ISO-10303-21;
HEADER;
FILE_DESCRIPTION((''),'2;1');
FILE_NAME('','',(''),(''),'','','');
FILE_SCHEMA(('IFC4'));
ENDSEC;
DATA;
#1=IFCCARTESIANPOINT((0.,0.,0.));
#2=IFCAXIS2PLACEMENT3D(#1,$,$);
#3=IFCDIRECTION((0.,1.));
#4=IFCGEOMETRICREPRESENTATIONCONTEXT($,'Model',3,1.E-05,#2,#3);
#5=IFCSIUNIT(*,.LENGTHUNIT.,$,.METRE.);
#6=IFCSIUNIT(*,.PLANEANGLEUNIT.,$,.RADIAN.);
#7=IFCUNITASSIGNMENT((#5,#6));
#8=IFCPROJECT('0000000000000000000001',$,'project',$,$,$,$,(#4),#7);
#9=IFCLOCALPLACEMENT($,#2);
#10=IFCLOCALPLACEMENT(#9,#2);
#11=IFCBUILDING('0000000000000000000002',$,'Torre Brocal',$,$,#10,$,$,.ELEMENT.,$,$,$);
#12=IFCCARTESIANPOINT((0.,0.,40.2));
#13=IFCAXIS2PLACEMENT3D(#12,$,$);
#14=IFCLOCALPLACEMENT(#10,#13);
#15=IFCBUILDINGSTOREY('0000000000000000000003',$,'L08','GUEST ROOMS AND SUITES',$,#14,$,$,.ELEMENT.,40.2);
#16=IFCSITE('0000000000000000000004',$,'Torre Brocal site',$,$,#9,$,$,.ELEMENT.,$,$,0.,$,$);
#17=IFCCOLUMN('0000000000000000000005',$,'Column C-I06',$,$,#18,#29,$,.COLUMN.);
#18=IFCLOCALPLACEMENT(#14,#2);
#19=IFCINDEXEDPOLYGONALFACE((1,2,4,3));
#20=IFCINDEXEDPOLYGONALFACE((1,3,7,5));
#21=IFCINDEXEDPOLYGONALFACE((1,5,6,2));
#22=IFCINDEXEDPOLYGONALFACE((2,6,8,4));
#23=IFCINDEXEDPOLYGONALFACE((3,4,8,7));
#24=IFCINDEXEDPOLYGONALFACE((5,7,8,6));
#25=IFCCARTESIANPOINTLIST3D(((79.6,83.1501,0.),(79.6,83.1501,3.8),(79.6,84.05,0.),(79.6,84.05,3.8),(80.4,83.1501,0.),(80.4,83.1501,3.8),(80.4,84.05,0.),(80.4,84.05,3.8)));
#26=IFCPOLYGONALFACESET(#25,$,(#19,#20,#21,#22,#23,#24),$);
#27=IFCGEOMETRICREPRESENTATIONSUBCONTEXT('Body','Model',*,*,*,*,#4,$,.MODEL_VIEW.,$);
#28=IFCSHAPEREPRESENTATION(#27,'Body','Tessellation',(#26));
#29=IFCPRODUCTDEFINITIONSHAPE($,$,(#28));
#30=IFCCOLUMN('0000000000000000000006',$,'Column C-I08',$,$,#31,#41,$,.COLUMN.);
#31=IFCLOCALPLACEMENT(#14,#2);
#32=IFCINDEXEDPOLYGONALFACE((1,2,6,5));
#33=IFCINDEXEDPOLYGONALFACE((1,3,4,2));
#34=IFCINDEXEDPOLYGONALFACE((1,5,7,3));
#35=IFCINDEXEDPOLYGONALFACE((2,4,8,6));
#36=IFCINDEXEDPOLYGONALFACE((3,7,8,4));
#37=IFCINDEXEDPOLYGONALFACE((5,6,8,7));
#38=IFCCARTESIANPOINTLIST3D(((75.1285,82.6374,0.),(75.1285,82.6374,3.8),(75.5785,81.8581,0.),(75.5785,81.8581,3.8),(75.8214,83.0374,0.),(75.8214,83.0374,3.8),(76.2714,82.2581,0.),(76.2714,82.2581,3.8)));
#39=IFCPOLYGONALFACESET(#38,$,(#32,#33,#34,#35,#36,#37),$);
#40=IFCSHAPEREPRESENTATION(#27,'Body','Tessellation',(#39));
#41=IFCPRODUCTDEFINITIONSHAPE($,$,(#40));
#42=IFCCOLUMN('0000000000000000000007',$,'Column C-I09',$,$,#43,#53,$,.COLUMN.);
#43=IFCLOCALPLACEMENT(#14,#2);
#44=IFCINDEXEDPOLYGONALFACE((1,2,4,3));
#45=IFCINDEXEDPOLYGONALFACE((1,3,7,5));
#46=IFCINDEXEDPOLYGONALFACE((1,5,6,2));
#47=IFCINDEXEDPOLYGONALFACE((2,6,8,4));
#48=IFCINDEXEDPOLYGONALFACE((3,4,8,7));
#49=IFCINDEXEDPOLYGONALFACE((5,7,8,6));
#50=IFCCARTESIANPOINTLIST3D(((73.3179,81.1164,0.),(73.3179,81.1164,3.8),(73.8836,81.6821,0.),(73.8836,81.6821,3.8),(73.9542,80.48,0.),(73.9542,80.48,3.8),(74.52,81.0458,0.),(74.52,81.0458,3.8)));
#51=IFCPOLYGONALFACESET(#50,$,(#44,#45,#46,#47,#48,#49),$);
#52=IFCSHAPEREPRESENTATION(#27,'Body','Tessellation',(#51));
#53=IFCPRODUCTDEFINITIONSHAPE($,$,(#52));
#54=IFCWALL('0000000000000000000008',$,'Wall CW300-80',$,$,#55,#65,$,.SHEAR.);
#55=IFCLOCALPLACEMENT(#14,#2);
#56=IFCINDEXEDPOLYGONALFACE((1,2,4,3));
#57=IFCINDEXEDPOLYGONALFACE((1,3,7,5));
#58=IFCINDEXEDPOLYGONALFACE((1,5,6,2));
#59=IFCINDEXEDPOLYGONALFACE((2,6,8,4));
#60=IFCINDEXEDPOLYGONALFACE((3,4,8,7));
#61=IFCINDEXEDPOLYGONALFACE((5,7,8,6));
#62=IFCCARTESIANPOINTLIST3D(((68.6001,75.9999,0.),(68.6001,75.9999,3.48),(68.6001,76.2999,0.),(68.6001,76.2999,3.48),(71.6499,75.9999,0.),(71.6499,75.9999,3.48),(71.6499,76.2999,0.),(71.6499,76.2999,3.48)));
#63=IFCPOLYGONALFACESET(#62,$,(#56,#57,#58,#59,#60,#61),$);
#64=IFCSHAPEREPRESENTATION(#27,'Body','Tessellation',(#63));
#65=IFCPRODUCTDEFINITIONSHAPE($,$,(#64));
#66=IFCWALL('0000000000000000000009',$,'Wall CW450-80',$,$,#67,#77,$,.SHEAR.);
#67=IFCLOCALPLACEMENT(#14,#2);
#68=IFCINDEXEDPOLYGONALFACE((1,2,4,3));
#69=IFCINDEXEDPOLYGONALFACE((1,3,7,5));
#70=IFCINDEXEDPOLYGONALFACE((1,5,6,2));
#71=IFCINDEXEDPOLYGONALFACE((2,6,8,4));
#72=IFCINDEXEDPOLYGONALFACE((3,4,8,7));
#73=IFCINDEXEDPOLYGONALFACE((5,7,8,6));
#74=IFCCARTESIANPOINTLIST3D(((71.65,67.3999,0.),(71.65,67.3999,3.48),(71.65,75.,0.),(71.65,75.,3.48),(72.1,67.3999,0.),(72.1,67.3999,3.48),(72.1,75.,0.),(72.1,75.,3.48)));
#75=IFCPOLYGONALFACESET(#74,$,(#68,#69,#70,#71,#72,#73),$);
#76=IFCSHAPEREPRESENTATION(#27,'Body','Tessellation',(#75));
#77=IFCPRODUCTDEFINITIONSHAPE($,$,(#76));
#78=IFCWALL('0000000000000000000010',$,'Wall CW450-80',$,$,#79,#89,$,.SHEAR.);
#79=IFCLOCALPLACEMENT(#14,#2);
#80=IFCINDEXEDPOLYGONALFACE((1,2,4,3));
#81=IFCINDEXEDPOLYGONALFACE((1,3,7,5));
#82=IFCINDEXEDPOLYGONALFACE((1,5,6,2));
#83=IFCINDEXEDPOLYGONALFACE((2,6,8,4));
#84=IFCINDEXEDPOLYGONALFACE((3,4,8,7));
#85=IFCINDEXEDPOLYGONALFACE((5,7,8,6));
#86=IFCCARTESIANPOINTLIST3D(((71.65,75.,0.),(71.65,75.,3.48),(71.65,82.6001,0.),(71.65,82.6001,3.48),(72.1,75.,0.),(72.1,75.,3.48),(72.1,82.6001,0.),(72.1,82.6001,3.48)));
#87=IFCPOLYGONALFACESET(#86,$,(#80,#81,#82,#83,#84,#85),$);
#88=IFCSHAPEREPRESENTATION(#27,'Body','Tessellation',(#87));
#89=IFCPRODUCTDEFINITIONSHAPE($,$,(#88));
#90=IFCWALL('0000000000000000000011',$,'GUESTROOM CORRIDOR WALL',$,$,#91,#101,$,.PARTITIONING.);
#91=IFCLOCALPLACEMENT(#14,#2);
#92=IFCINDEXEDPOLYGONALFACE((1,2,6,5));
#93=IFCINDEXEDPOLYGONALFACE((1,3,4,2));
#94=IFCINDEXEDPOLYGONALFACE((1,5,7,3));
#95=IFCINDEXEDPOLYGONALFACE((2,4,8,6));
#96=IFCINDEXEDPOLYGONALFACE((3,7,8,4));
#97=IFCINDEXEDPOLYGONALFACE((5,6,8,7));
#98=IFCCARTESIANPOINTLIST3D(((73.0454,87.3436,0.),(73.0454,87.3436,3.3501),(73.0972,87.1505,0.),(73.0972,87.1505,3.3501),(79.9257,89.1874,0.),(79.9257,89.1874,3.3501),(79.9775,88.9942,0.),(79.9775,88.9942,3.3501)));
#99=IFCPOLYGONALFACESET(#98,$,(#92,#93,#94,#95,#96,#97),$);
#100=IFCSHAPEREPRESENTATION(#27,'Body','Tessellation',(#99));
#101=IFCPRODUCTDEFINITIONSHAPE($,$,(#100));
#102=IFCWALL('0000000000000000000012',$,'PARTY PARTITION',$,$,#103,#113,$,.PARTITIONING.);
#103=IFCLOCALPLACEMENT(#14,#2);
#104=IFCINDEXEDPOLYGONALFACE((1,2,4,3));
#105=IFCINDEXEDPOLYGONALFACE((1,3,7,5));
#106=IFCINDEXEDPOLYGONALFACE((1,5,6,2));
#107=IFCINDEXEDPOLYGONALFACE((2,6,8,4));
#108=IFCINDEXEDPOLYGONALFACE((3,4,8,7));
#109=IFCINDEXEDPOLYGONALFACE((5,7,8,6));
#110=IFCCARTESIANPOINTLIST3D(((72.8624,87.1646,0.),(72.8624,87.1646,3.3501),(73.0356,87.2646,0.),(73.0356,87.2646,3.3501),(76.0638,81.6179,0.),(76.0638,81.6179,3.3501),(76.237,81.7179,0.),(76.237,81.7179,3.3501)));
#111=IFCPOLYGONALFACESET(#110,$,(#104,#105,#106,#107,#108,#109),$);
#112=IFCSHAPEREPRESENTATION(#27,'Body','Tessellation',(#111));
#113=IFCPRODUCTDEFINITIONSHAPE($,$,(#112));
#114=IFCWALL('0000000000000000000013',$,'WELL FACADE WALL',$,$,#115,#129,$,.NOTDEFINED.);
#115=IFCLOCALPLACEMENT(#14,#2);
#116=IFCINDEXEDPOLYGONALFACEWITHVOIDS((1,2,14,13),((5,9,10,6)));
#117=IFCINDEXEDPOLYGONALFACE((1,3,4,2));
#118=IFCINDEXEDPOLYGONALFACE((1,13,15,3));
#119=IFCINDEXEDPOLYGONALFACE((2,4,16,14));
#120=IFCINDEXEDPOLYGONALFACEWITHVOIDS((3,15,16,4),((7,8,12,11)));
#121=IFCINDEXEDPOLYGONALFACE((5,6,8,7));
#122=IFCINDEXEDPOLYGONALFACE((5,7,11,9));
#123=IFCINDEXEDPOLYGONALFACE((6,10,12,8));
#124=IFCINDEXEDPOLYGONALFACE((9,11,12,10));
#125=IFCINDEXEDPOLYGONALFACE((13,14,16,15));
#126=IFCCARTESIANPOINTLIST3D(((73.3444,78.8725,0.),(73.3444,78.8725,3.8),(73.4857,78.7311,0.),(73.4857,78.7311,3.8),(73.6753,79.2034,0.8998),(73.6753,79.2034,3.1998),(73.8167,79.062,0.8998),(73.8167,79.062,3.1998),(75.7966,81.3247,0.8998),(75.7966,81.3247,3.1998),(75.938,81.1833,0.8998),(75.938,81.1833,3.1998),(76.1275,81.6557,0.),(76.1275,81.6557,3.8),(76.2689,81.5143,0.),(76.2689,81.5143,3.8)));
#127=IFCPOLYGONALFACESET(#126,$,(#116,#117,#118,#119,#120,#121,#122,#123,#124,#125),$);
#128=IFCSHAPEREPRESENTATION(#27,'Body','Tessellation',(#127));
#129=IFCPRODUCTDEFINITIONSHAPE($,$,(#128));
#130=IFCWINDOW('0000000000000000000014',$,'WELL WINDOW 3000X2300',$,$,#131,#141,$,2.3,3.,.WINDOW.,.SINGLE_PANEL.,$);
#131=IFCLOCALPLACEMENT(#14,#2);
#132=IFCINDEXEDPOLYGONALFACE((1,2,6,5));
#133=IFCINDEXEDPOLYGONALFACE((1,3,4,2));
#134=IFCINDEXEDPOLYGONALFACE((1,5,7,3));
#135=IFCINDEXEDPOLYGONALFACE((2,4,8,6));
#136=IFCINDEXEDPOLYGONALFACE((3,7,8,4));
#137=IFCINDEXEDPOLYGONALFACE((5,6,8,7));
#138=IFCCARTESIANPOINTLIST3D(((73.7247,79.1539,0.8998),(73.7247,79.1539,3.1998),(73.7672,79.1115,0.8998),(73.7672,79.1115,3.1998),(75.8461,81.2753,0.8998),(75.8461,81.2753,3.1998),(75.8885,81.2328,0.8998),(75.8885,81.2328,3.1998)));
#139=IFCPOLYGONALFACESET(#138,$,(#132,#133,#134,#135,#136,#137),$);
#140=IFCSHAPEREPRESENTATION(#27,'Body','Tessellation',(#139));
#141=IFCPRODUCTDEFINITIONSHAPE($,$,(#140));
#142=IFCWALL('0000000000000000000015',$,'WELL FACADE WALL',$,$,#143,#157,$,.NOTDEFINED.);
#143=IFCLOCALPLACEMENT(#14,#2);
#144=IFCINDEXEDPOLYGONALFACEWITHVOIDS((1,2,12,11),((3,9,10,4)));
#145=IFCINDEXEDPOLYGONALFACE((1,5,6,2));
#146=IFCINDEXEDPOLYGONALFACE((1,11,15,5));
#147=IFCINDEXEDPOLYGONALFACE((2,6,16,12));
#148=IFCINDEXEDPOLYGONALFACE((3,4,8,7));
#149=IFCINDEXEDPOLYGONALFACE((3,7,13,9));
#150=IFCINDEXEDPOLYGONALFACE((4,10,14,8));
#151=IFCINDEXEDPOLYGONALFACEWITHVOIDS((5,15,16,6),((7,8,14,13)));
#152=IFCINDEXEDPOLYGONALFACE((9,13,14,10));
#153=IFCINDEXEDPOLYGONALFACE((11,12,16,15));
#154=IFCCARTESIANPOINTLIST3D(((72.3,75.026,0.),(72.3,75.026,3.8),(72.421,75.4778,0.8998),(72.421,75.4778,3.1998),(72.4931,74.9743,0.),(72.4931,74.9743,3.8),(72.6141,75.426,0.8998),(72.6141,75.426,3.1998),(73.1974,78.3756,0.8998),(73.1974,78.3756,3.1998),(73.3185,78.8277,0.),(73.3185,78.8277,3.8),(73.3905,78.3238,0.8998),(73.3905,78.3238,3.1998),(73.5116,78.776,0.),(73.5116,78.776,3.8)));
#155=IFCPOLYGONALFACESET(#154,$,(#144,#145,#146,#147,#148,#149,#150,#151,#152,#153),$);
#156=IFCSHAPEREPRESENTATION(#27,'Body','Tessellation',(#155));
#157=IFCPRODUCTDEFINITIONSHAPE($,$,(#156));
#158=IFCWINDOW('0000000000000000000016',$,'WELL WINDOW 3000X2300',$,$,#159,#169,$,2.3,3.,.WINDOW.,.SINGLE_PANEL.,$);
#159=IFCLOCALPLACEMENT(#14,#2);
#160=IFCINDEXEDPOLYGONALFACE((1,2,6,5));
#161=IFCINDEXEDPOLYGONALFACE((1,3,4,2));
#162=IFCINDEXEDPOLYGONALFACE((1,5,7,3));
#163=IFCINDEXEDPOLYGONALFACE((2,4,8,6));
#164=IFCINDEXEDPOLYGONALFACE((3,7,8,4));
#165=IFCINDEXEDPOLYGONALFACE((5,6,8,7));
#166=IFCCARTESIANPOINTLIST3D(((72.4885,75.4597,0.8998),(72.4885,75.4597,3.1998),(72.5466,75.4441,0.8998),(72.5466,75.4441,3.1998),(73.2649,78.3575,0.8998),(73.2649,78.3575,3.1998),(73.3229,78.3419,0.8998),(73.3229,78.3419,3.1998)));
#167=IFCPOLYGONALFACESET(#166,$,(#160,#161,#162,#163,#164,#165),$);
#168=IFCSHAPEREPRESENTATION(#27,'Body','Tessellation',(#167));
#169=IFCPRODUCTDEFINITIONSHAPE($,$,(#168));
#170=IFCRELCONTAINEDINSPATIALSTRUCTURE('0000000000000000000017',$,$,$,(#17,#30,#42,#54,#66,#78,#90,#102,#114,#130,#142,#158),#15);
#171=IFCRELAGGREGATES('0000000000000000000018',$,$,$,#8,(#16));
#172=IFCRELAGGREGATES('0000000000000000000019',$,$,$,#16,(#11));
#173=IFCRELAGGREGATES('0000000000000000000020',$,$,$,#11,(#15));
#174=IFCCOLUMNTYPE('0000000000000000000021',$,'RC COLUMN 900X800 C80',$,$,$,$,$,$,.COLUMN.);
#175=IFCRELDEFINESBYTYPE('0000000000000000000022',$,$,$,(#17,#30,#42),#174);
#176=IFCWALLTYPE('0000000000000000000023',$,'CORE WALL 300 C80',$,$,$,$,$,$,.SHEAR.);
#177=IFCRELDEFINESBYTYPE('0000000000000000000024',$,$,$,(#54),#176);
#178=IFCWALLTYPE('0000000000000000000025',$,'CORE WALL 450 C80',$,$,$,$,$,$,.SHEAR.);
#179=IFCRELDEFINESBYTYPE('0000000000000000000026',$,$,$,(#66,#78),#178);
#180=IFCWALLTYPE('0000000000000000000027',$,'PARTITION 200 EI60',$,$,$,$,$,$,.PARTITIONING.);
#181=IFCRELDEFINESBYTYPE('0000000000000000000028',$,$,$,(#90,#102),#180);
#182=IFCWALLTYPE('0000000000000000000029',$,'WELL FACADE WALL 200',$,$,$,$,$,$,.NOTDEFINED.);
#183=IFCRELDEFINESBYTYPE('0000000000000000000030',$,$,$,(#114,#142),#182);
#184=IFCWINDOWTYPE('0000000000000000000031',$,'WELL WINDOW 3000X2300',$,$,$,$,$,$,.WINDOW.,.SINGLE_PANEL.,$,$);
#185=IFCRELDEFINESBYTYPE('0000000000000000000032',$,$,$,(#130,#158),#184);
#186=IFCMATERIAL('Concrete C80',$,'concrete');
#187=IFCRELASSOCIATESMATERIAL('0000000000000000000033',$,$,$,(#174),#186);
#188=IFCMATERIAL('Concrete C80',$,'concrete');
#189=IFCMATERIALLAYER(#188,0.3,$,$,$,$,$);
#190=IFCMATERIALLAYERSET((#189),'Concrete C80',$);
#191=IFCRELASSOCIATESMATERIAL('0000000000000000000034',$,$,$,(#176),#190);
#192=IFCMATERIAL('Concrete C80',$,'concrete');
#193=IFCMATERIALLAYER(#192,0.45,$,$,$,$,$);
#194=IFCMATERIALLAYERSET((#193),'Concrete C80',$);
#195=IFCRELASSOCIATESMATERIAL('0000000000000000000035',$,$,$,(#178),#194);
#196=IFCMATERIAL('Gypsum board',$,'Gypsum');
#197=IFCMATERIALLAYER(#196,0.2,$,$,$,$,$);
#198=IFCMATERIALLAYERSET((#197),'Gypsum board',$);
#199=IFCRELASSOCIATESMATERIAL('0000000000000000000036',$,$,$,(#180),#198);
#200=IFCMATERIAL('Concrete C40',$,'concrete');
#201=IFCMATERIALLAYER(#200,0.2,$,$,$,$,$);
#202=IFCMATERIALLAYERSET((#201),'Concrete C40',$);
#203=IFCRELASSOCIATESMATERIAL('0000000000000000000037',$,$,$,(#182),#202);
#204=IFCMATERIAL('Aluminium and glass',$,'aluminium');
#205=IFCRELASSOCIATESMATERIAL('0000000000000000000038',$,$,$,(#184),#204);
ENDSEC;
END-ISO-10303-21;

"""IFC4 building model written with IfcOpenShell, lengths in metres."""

from ifc_helpers import new_model, si_unit, direction, frame, frame_2d, origin, origin_2d, place, context, subcontext, project, spatial, rectangle, extrude, material, layer, layer_set, material_profile, profile_set, type_object, element, fill, save


model = new_model("IFC4")

# Units and contexts
model_context = context("Model", 3, precision=1e-05, world=origin(), true_north=direction((0.0, 1.0)))
body_context = subcontext(model_context, "Body", "Model", "MODEL_VIEW")
ifc_project = project(units=[si_unit("LENGTHUNIT", "METRE"), si_unit("PLANEANGLEUNIT", "RADIAN")], contexts=[model_context])

# Site, building, storey
site_placement = place(None, origin())
site = spatial("IfcSite", under=ifc_project, at=site_placement, Name="Torre Brocal site", CompositionType="ELEMENT", RefElevation=0.0)
building_placement = place(site_placement, origin())
building = spatial("IfcBuilding", under=site, at=building_placement, Name="Torre Brocal", CompositionType="ELEMENT")
storey_placement = place(building_placement, frame((0.0, 0.0, 40.2)))
storey = spatial("IfcBuildingStorey", under=building, at=storey_placement, Name="L08", Description="GUEST ROOMS AND SUITES", CompositionType="ELEMENT", Elevation=40.2)

# Columns
ifc_material_1 = material(Name="Concrete C80", Category="concrete")
ifc_material_profile = material_profile(ifc_material_1, rectangle(XDim=0.8999, YDim=0.8, at=origin_2d()), Name="RC 900X800")
ifc_profile_set = profile_set([ifc_material_profile], Name="Concrete C80")
column_type = type_object("IfcColumnType", Name="RC COLUMN 900X800 C80", PredefinedType="COLUMN", material=ifc_profile_set)
for number, where, z_axis, x_axis, name in (
    (1, (80.0, 83.6001, 0.0), (0.0, 0.0, 1.0), (0.0, 1.0, 0.0), "Column C-I06"),
    (2, (75.7, 82.4478, 0.0), (0.0, 0.0, 1.0), (-0.5, 0.866025, 0.0), "Column C-I08"),
    (3, (73.9189, 81.0811, 0.0), (0.0, 0.0, 1.0), (-0.707107, 0.707107, 0.0), "Column C-I09"),
):
    element("IfcColumn", number, at=place(storey_placement, frame(where, z_axis=z_axis, x_axis=x_axis)), inside=storey, type_object=column_type, Name=name, PredefinedType="COLUMN", context=body_context, shape_type="SweptSolid", body=[
        extrude(rectangle(XDim=0.8999, YDim=0.8, at=origin_2d()), origin(), (0.0, 0.0, 1.0), 3.8),
    ])

# Walls
ifc_material_2 = material(Name="Concrete C80", Category="concrete")
ifc_layer_1 = layer(ifc_material_2, 0.3)
ifc_layer_set_1 = layer_set([ifc_layer_1], Name="Concrete C80")
wall_type_1 = type_object("IfcWallType", Name="CORE WALL 300 C80", PredefinedType="SHEAR", material=ifc_layer_set_1)
wall_1_placement = place(storey_placement, frame((71.6499, 76.1499, 0.0), z_axis=(0.0, 0.0, 1.0), x_axis=(-1.0, 0.0, 0.0)))
element("IfcWall", 4, at=wall_1_placement, inside=storey, type_object=wall_type_1, Name="Wall CW300-80", PredefinedType="SHEAR", context=body_context, shape_type="SweptSolid", body=[
    extrude(rectangle(XDim=3.0498, YDim=0.3, at=frame_2d((1.5249, 0.0))), origin(), (0.0, 0.0, 1.0), 3.48),
])
ifc_material_3 = material(Name="Concrete C80", Category="concrete")
ifc_layer_2 = layer(ifc_material_3, 0.45)
ifc_layer_set_2 = layer_set([ifc_layer_2], Name="Concrete C80")
wall_type_2 = type_object("IfcWallType", Name="CORE WALL 450 C80", PredefinedType="SHEAR", material=ifc_layer_set_2)
for number, where, z_axis, x_axis, name in (
    (5, (71.875, 75.0, 0.0), (0.0, 0.0, 1.0), (0.0, -1.0, 0.0), "Wall CW450-80"),
    (6, (71.875, 82.6001, 0.0), (0.0, 0.0, 1.0), (0.0, -1.0, 0.0), "Wall CW450-80"),
):
    element("IfcWall", number, at=place(storey_placement, frame(where, z_axis=z_axis, x_axis=x_axis)), inside=storey, type_object=wall_type_2, Name=name, PredefinedType="SHEAR", context=body_context, shape_type="SweptSolid", body=[
        extrude(rectangle(XDim=7.6001, YDim=0.45, at=frame_2d((3.8, 0.0))), origin(), (0.0, 0.0, 1.0), 3.48),
    ])

# Walls
ifc_material_4 = material(Name="Gypsum board", Category="Gypsum")
ifc_layer_3 = layer(ifc_material_4, 0.2)
ifc_layer_set_3 = layer_set([ifc_layer_3], Name="Gypsum board")
wall_type_3 = type_object("IfcWallType", Name="PARTITION 200 EI60", PredefinedType="PARTITIONING", material=ifc_layer_set_3)
wall_2_placement = place(storey_placement, frame((73.0713, 87.2471, 0.0), z_axis=(0.0, 0.0, 1.0), x_axis=(0.96592, 0.25884, 0.0)))
element("IfcWall", 7, at=wall_2_placement, inside=storey, type_object=wall_type_3, Name="GUESTROOM CORRIDOR WALL", PredefinedType="PARTITIONING", context=body_context, shape_type="SweptSolid", body=[
    extrude(rectangle(XDim=7.123, YDim=0.2, at=frame_2d((3.5615, 0.0))), origin(), (0.0, 0.0, 1.0), 3.3501),
])
wall_3_placement = place(storey_placement, frame((72.949, 87.2146, 0.0), z_axis=(0.0, 0.0, 1.0), x_axis=(0.499891, -0.866088, 0.0)))
element("IfcWall", 8, at=wall_3_placement, inside=storey, type_object=wall_type_3, Name="PARTY PARTITION", PredefinedType="PARTITIONING", context=body_context, shape_type="SweptSolid", body=[
    extrude(rectangle(XDim=6.4043, YDim=0.2, at=frame_2d((3.2021, 0.0))), origin(), (0.0, 0.0, 1.0), 3.3501),
])

# Walls, openings, windows
ifc_material_5 = material(Name="Concrete C40", Category="concrete")
ifc_layer_4 = layer(ifc_material_5, 0.2)
ifc_layer_set_4 = layer_set([ifc_layer_4], Name="Concrete C40")
wall_type_4 = type_object("IfcWallType", Name="WELL FACADE WALL 200", PredefinedType="NOTDEFINED", material=ifc_layer_set_4)
wall_4_placement = place(storey_placement, frame((76.1982, 81.585, 0.0), z_axis=(0.0, 0.0, 1.0), x_axis=(-0.707107, -0.707107, 0.0)))
wall_4 = element("IfcWall", 9, at=wall_4_placement, inside=storey, type_object=wall_type_4, Name="WELL FACADE WALL", PredefinedType="NOTDEFINED", context=body_context, shape_type="SweptSolid", body=[
    extrude(rectangle(XDim=3.936, YDim=0.2, at=frame_2d((1.968, 0.0))), origin(), (0.0, 0.0, 1.0), 3.8),
])
opening_1_placement = place(wall_4_placement, frame((0.468, 0.0, 0.8999)))
opening_1 = element("IfcOpeningElement", 10, at=opening_1_placement, cuts=wall_4, PredefinedType="OPENING", context=body_context, shape_type="SweptSolid", body=[
    extrude(rectangle(XDim=3.0, YDim=2.3, at=frame_2d((1.5, 1.1499))), frame((0.0, 0.1099, 0.0), z_axis=(0.0, -1.0, 0.0), x_axis=(1.0, 0.0, 0.0)), (0.0, 0.0, 1.0), 0.22),
])
ifc_material_6 = material(Name="Aluminium and glass", Category="aluminium")
window_type = type_object("IfcWindowType", Name="WELL WINDOW 3000X2300", PartitioningType="SINGLE_PANEL", PredefinedType="WINDOW", material=ifc_material_6)
window_1_placement = place(opening_1_placement, origin())
window_1 = element("IfcWindow", 11, at=window_1_placement, inside=storey, type_object=window_type, Name="WELL WINDOW 3000X2300", OverallHeight=2.3, OverallWidth=3.0, PartitioningType="SINGLE_PANEL", PredefinedType="WINDOW", context=body_context, shape_type="SweptSolid", body=[
    extrude(rectangle(XDim=3.0, YDim=2.3, at=frame_2d((1.5, 1.1499))), frame((0.0, 0.03, 0.0), z_axis=(0.0, -1.0, 0.0), x_axis=(1.0, 0.0, 0.0)), (0.0, 0.0, 1.0), 0.0601),
])
fill(opening_1, window_1)
wall_5_placement = place(storey_placement, frame((73.415, 78.8018, 0.0), z_axis=(0.0, 0.0, 1.0), x_axis=(-0.25879, -0.965934, 0.0)))
wall_5 = element("IfcWall", 12, at=wall_5_placement, inside=storey, type_object=wall_type_4, Name="WELL FACADE WALL", PredefinedType="NOTDEFINED", context=body_context, shape_type="SweptSolid", body=[
    extrude(rectangle(XDim=3.9358, YDim=0.2, at=frame_2d((1.9678, 0.0))), origin(), (0.0, 0.0, 1.0), 3.8),
])
opening_2_placement = place(wall_5_placement, frame((0.468, 0.0, 0.8999)))
opening_2 = element("IfcOpeningElement", 13, at=opening_2_placement, cuts=wall_5, PredefinedType="OPENING", context=body_context, shape_type="SweptSolid", body=[
    extrude(rectangle(XDim=3.0, YDim=2.3, at=frame_2d((1.5, 1.1499))), frame((0.0, 0.1099, 0.0), z_axis=(0.0, -1.0, 0.0), x_axis=(1.0, 0.0, 0.0)), (0.0, 0.0, 1.0), 0.22),
])
window_2_placement = place(opening_2_placement, origin())
window_2 = element("IfcWindow", 14, at=window_2_placement, inside=storey, type_object=window_type, Name="WELL WINDOW 3000X2300", OverallHeight=2.3, OverallWidth=3.0, PartitioningType="SINGLE_PANEL", PredefinedType="WINDOW", context=body_context, shape_type="SweptSolid", body=[
    extrude(rectangle(XDim=3.0, YDim=2.3, at=frame_2d((1.5, 1.1499))), frame((0.0, 0.03, 0.0), z_axis=(0.0, -1.0, 0.0), x_axis=(1.0, 0.0, 0.0)), (0.0, 0.0, 1.0), 0.0601),
])
fill(opening_2, window_2)

save(model, "model.ifc")
